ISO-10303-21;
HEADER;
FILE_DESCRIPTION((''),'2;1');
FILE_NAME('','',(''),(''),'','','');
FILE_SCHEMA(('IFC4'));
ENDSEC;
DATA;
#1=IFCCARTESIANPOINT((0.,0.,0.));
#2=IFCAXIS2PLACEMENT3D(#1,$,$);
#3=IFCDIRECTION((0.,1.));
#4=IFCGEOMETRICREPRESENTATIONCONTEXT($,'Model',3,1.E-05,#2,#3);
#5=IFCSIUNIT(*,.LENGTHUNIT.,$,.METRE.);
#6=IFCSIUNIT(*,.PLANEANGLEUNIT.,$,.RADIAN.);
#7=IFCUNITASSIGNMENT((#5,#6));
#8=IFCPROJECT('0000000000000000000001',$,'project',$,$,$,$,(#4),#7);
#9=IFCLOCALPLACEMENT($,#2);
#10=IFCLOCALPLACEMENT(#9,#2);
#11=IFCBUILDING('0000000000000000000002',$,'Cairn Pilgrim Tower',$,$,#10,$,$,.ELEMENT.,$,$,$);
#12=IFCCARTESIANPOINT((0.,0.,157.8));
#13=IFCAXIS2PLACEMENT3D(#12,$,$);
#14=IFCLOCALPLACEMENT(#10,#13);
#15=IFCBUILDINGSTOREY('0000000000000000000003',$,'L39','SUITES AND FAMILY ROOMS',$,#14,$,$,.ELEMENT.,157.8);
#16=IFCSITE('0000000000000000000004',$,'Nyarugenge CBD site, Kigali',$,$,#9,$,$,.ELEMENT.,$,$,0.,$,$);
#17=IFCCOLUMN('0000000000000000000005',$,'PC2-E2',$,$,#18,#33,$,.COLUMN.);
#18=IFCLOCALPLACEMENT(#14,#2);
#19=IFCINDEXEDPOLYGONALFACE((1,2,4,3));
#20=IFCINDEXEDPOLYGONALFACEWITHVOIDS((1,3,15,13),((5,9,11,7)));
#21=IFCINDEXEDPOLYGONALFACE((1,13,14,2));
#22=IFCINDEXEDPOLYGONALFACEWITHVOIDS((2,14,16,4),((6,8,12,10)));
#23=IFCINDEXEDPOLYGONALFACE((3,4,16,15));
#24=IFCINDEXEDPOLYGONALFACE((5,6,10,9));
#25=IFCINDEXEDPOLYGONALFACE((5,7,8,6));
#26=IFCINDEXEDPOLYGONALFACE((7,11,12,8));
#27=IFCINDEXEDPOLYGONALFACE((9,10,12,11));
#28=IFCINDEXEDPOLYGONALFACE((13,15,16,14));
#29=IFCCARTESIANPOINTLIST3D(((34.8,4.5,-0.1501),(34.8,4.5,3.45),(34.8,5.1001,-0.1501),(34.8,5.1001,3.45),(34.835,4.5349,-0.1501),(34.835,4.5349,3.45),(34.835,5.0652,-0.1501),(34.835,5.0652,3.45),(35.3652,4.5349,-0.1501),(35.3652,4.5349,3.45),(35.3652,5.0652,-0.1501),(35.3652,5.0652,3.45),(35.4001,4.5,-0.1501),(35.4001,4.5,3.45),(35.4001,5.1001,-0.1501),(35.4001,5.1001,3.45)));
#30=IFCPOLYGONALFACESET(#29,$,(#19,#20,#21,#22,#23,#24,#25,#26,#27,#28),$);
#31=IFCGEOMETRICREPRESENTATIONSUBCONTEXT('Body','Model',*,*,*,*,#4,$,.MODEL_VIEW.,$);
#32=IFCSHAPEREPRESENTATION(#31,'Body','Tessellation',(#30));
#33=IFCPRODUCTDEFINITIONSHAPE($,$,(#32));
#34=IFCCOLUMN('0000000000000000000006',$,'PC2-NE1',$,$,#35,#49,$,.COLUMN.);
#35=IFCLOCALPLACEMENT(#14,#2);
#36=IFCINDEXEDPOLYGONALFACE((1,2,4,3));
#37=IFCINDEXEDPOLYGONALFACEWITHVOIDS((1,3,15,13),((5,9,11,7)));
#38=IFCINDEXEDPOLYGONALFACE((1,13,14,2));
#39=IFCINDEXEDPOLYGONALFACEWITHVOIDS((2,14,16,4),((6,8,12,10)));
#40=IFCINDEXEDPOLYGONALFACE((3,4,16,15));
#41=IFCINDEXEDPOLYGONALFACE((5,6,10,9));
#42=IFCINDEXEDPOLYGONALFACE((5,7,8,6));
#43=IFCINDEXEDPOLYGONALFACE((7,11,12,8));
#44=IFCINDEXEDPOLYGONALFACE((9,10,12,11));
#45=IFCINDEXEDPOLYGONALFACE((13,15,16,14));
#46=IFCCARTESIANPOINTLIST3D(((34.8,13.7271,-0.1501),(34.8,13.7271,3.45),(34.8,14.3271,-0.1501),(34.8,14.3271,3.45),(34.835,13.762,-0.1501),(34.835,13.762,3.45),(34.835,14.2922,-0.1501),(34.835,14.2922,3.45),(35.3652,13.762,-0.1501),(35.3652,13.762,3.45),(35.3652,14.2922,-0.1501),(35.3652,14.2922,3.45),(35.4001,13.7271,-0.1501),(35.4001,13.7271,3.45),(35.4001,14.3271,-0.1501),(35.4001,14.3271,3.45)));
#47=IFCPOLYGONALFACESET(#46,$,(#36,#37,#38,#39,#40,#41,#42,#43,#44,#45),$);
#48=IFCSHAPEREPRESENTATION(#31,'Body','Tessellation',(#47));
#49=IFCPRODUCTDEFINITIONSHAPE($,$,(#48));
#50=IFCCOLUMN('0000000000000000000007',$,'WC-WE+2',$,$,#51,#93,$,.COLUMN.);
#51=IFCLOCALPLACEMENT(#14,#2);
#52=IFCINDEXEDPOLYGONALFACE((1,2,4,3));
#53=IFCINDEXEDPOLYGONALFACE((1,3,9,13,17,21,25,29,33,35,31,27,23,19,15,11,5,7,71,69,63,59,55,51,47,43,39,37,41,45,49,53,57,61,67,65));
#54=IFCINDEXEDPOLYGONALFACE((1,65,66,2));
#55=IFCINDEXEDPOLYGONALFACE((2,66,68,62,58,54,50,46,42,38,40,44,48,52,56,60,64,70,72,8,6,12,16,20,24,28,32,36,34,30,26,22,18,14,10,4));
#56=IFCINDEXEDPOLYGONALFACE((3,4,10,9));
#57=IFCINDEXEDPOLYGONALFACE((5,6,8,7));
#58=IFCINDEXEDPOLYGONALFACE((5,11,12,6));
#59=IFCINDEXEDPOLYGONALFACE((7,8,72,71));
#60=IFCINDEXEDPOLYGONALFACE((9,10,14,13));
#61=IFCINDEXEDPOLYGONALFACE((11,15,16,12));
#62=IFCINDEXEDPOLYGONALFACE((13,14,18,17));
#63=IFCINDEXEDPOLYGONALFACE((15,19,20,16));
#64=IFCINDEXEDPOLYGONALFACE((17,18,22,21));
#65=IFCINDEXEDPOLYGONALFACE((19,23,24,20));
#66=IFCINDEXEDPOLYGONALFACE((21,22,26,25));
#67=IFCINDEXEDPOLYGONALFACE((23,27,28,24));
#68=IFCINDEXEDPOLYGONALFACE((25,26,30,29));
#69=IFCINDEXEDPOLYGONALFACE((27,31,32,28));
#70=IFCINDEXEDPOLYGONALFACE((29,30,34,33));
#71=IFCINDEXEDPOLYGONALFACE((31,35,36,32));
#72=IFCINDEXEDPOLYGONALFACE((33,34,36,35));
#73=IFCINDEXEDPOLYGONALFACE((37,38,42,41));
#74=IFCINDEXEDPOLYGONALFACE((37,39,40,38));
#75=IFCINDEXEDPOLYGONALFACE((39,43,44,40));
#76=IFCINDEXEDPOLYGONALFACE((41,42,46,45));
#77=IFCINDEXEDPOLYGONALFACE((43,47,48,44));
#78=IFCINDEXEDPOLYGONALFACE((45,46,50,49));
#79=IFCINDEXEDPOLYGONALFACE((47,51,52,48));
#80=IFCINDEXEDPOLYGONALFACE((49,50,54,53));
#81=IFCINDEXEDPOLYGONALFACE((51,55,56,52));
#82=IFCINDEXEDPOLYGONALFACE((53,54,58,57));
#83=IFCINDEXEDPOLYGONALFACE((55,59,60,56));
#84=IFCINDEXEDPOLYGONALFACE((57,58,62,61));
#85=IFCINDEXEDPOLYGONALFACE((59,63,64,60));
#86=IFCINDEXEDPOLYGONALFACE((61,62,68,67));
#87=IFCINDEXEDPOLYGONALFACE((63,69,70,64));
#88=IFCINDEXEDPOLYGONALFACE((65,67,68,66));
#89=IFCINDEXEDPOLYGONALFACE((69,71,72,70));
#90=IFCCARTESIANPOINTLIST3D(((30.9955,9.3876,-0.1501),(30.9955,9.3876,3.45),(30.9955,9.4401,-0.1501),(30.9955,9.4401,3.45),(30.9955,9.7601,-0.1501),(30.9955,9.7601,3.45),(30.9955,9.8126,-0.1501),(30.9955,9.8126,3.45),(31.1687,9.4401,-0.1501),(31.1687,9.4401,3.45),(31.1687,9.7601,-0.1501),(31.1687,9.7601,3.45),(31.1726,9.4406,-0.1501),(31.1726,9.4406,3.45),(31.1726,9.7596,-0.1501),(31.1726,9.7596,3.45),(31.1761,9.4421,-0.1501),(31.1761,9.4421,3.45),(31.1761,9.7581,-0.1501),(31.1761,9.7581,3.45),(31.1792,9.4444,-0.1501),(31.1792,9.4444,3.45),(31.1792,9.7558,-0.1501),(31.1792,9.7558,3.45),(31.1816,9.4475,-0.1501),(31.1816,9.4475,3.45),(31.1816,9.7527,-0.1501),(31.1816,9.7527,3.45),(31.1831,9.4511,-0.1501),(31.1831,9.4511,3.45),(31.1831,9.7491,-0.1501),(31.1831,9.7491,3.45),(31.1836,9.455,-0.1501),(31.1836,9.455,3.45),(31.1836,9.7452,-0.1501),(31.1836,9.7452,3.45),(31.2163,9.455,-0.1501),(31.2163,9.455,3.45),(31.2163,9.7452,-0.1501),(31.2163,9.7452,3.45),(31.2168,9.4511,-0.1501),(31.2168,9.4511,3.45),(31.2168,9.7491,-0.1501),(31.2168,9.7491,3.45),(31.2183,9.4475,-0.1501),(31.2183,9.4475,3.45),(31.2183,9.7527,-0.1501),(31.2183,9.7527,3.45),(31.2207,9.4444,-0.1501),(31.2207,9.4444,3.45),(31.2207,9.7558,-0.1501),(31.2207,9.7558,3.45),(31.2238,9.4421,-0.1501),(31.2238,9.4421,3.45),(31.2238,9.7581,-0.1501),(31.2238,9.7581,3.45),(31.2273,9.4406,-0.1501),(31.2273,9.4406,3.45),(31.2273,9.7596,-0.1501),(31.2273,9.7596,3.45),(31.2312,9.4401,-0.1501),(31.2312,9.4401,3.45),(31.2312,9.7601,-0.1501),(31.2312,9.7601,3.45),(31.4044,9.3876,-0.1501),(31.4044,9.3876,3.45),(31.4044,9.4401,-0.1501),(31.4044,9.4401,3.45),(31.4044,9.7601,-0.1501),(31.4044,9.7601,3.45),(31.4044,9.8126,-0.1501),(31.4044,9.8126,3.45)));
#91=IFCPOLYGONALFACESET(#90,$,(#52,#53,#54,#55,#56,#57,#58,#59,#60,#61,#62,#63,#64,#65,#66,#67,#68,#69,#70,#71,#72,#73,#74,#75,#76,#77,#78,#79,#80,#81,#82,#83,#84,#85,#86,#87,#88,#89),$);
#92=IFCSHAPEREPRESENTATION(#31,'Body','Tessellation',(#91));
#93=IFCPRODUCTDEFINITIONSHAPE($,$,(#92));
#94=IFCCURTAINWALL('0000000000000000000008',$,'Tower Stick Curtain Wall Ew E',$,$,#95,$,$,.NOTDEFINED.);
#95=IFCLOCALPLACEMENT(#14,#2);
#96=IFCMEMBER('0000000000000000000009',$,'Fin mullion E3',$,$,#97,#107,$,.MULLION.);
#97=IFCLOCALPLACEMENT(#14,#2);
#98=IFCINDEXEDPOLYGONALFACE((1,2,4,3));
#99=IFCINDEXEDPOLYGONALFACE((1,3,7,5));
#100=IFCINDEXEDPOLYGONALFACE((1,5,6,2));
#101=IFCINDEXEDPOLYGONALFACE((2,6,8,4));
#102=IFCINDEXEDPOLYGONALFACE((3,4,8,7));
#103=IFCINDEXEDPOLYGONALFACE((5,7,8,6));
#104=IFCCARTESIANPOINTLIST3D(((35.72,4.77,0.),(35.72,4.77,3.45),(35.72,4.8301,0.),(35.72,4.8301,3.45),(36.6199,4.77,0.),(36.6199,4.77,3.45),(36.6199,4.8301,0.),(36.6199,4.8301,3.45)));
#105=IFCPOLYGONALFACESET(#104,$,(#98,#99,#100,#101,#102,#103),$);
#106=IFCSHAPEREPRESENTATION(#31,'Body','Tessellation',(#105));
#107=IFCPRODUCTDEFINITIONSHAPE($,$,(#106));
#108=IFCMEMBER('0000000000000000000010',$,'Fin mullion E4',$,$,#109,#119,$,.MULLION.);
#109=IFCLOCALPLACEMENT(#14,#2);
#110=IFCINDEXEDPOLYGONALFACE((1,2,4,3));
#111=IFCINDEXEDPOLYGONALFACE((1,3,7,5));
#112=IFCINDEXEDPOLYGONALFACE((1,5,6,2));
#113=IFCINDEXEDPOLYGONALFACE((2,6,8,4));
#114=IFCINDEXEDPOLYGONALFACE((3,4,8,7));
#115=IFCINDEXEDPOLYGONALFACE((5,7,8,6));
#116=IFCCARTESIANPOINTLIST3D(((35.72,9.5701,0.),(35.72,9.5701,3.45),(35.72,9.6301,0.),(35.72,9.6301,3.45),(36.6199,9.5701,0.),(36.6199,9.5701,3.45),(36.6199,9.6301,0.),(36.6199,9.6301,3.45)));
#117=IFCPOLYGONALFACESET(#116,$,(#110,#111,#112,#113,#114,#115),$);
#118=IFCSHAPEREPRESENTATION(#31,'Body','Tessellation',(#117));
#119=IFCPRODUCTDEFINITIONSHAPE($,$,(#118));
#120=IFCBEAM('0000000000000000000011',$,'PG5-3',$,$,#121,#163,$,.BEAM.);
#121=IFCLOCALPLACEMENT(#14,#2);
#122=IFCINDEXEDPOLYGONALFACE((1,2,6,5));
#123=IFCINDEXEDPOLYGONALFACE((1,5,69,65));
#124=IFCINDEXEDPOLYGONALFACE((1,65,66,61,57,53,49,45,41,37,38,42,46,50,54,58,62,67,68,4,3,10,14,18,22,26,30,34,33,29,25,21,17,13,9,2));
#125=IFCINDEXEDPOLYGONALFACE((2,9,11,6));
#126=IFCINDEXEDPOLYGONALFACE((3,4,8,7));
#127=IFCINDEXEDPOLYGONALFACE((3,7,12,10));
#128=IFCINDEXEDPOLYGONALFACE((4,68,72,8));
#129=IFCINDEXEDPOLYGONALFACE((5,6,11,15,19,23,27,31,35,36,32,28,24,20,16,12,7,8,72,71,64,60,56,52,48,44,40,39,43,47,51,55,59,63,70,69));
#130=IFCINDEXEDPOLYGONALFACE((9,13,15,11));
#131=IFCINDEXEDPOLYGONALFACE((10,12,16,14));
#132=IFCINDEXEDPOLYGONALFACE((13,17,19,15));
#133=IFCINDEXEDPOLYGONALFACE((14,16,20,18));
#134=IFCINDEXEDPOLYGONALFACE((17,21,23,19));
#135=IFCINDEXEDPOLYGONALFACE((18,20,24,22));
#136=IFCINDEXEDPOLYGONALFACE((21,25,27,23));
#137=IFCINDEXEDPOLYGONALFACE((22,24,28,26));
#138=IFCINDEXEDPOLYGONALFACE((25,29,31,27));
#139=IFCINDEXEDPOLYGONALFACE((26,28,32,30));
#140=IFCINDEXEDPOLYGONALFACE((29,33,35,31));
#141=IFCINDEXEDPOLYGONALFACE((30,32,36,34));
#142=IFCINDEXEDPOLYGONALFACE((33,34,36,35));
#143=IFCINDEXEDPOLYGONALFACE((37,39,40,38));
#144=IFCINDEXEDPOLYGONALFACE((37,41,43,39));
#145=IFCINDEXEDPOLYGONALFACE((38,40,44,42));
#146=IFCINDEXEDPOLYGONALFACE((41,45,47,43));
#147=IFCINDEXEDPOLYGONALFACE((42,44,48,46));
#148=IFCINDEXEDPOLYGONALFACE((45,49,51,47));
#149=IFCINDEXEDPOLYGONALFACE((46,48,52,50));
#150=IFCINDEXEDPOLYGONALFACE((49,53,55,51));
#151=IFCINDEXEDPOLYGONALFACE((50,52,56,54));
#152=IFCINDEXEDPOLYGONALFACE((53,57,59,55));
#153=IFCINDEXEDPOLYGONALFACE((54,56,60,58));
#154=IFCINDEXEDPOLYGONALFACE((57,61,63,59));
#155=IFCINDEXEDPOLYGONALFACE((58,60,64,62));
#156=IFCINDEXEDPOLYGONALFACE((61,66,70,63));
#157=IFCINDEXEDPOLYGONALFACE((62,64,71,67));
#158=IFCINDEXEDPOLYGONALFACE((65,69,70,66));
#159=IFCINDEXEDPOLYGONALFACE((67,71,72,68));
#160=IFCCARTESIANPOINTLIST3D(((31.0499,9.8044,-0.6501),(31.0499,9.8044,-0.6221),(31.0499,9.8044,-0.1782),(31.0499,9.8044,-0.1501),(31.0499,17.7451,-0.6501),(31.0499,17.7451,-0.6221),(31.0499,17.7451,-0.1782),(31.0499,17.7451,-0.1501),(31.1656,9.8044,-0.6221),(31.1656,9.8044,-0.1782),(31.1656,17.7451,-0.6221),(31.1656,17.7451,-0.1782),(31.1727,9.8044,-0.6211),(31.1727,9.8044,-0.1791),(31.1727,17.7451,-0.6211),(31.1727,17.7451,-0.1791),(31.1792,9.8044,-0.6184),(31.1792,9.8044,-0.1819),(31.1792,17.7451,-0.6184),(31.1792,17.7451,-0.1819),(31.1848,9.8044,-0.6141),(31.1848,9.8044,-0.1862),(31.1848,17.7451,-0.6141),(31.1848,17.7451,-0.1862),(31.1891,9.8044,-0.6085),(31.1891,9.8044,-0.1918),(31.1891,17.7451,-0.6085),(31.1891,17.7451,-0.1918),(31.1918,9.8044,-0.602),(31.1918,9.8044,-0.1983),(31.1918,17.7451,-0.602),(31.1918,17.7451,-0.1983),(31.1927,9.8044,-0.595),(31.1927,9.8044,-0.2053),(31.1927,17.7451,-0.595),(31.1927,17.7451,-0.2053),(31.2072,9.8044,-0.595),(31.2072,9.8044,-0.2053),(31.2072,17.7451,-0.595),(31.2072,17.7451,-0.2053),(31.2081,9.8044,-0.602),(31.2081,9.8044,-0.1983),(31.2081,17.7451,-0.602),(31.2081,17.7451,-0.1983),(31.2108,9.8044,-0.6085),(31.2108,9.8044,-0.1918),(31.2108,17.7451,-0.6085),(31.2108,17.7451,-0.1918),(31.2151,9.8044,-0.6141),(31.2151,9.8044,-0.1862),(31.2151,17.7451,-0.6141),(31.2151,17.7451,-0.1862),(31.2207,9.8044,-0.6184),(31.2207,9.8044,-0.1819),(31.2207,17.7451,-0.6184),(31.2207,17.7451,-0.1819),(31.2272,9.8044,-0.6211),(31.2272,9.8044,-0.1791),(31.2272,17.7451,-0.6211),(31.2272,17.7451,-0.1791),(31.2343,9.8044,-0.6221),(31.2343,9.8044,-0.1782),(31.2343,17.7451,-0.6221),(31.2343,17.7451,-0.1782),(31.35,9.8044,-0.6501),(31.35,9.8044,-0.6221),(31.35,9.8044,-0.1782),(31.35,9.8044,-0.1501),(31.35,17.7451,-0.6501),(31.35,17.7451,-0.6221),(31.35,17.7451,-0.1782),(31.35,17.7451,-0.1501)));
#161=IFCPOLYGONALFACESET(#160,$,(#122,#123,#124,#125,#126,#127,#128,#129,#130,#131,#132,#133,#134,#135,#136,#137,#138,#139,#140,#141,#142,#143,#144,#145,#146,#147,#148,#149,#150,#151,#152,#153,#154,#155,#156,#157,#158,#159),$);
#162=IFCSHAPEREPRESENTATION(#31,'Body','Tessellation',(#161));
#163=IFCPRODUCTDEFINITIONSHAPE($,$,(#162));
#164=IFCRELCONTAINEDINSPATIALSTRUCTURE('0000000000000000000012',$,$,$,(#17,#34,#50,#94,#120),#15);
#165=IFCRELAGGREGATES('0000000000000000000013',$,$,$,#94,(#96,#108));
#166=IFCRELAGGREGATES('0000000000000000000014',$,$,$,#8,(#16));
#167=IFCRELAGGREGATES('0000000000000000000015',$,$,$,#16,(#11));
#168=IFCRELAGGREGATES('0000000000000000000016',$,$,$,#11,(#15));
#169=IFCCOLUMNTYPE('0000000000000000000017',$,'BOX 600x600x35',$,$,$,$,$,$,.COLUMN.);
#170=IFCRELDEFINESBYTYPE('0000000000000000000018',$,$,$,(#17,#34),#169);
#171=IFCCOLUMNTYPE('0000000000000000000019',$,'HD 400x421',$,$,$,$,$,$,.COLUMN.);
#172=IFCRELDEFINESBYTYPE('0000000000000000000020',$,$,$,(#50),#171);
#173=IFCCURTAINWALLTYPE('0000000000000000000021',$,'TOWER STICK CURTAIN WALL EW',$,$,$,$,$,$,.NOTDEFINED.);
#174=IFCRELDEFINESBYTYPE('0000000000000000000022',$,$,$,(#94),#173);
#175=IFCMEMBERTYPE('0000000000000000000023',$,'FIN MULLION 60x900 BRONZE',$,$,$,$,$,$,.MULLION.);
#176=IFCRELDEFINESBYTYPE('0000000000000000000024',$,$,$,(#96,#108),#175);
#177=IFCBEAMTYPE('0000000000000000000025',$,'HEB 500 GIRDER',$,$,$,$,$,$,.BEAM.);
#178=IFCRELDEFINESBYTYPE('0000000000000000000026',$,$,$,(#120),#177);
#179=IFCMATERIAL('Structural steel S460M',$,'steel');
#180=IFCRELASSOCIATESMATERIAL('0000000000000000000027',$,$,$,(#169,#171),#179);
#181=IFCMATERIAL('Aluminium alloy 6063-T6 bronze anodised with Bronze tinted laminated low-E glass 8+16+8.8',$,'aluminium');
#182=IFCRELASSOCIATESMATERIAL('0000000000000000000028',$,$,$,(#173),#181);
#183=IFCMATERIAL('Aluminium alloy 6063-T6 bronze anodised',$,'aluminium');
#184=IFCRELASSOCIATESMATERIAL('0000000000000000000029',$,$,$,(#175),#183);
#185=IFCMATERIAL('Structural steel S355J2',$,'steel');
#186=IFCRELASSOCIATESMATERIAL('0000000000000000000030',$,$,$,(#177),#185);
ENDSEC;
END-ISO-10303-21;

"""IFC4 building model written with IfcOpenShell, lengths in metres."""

from ifc_helpers import new_model, si_unit, direction, frame, origin, origin_2d, place, context, subcontext, project, spatial, rectangle, hollow_rectangle, i_section, extrude, material, material_profile, profile_set, type_object, element, aggregate, save


model = new_model("IFC4")

# Units and contexts
model_context = context("Model", 3, precision=1e-05, world=origin(), true_north=direction((0.0, 1.0)))
body_context = subcontext(model_context, "Body", "Model", "MODEL_VIEW")
ifc_project = project(units=[si_unit("LENGTHUNIT", "METRE"), si_unit("PLANEANGLEUNIT", "RADIAN")], contexts=[model_context])

# Site, building, storey
site_placement = place(None, origin())
site = spatial("IfcSite", under=ifc_project, at=site_placement, Name="Nyarugenge CBD site, Kigali", CompositionType="ELEMENT", RefElevation=0.0)
building_placement = place(site_placement, origin())
building = spatial("IfcBuilding", under=site, at=building_placement, Name="Cairn Pilgrim Tower", CompositionType="ELEMENT")
storey_placement = place(building_placement, frame((0.0, 0.0, 157.8)))
storey = spatial("IfcBuildingStorey", under=building, at=storey_placement, Name="L39", Description="SUITES AND FAMILY ROOMS", CompositionType="ELEMENT", Elevation=157.8)

# Columns
ifc_material_1 = material(Name="Structural steel S460M", Category="steel")
ifc_material_profile_1 = material_profile(ifc_material_1, hollow_rectangle(XDim=0.6001, YDim=0.6001, WallThickness=0.0349, at=origin_2d()), Name="BOX 600x600x35")
ifc_profile_set_1 = profile_set([ifc_material_profile_1], Name="Structural steel S460M")
column_type_1 = type_object("IfcColumnType", Name="BOX 600x600x35", PredefinedType="COLUMN", material=ifc_profile_set_1)
for number, where, z_axis, x_axis, name in (
    (1, (35.1001, 4.8, -0.1501), (0.0, 0.0, 1.0), (1.0, 0.0, 0.0), "PC2-E2"),
    (2, (35.1001, 14.0271, -0.1501), (0.0, 0.0, 1.0), (1.0, 0.0, 0.0), "PC2-NE1"),
):
    element("IfcColumn", number, at=place(storey_placement, frame(where, z_axis=z_axis, x_axis=x_axis)), inside=storey, type_object=column_type_1, Name=name, PredefinedType="COLUMN", context=body_context, shape_type="SweptSolid", body=[
        extrude(hollow_rectangle(XDim=0.6001, YDim=0.6001, WallThickness=0.0349, at=origin_2d()), origin(), (0.0, 0.0, 1.0), 3.6001),
    ])
ifc_material_profile_2 = material_profile(ifc_material_1, i_section(OverallWidth=0.4089, OverallDepth=0.425, WebThickness=0.0327, FlangeThickness=0.0525, FilletRadius=0.0149, at=origin_2d()), Name="HD 400x421")
ifc_profile_set_2 = profile_set([ifc_material_profile_2], Name="Structural steel S460M")
column_type_2 = type_object("IfcColumnType", Name="HD 400x421", PredefinedType="COLUMN", material=ifc_profile_set_2)
column_placement = place(storey_placement, frame((31.2, 9.6001, -0.1501), z_axis=(0.0, 0.0, 1.0), x_axis=(1.0, 0.0, 0.0)))
element("IfcColumn", 3, at=column_placement, inside=storey, type_object=column_type_2, Name="WC-WE+2", PredefinedType="COLUMN", context=body_context, shape_type="SweptSolid", body=[
    extrude(i_section(OverallWidth=0.4089, OverallDepth=0.425, WebThickness=0.0327, FlangeThickness=0.0525, FilletRadius=0.0149, at=origin_2d()), origin(), (0.0, 0.0, 1.0), 3.6001),
])

# Curtain wall, members
ifc_material_2 = material(Name="Aluminium alloy 6063-T6 bronze anodised with Bronze tinted laminated low-E glass 8+16+8.8", Category="aluminium")
curtain_wall_type = type_object("IfcCurtainWallType", Name="TOWER STICK CURTAIN WALL EW", PredefinedType="NOTDEFINED", material=ifc_material_2)
curtain_wall_placement = place(storey_placement, origin())
curtain_wall = element("IfcCurtainWall", 4, at=curtain_wall_placement, inside=storey, type_object=curtain_wall_type, Name="Tower Stick Curtain Wall Ew E", PredefinedType="NOTDEFINED")
ifc_material_3 = material(Name="Aluminium alloy 6063-T6 bronze anodised", Category="aluminium")
ifc_material_profile_3 = material_profile(ifc_material_3, rectangle(XDim=0.8999, YDim=0.0601, at=origin_2d()), Name="FIN MULLION 60x900 BRONZE")
ifc_profile_set_3 = profile_set([ifc_material_profile_3], Name="Aluminium alloy 6063-T6 bronze anodised")
member_type_1 = type_object("IfcMemberType", Name="FIN MULLION 60x900 BRONZE", PredefinedType="MULLION", material=ifc_profile_set_3)
member_1_placement = place(storey_placement, frame((36.1699, 4.8, 0.0), z_axis=(0.0, 0.0, 1.0), x_axis=(1.0, 0.0, 0.0)))
member_1 = element("IfcMember", 5, at=member_1_placement, type_object=member_type_1, Name="Fin mullion E3", PredefinedType="MULLION", context=body_context, shape_type="SweptSolid", body=[
    extrude(rectangle(XDim=0.8999, YDim=0.0601, at=origin_2d()), origin(), (0.0, 0.0, 1.0), 3.45),
])
member_2_placement = place(storey_placement, frame((36.1699, 9.6001, 0.0), z_axis=(0.0, 0.0, 1.0), x_axis=(1.0, 0.0, 0.0)))
member_2 = element("IfcMember", 6, at=member_2_placement, type_object=member_type_1, Name="Fin mullion E4", PredefinedType="MULLION", context=body_context, shape_type="SweptSolid", body=[
    extrude(rectangle(XDim=0.8999, YDim=0.0601, at=origin_2d()), origin(), (0.0, 0.0, 1.0), 3.45),
])

# Beam
ifc_material_4 = material(Name="Structural steel S355J2", Category="steel")
ifc_material_profile_4 = material_profile(ifc_material_4, i_section(OverallWidth=0.3, OverallDepth=0.5, WebThickness=0.0144, FlangeThickness=0.0281, FilletRadius=0.0271, at=origin_2d()), Name="HEB 500")
ifc_profile_set_4 = profile_set([ifc_material_profile_4], Name="Structural steel S355J2")
beam_type_1 = type_object("IfcBeamType", Name="HEB 500 GIRDER", PredefinedType="BEAM", material=ifc_profile_set_4)
beam_1_placement = place(storey_placement, frame((31.2, 9.8044, -0.4001), z_axis=(0.0, 1.0, 0.0), x_axis=(-1.0, 0.0, 0.0)))
element("IfcBeam", 7, at=beam_1_placement, inside=storey, type_object=beam_type_1, Name="PG5-3", PredefinedType="BEAM", context=body_context, shape_type="SweptSolid", body=[
    extrude(i_section(OverallWidth=0.3, OverallDepth=0.5, WebThickness=0.0144, FlangeThickness=0.0281, FilletRadius=0.0271, at=origin_2d()), origin(), (0.0, 0.0, 1.0), 7.9407),
])

aggregate(curtain_wall, [member_1, member_2])

save(model, "model.ifc")
